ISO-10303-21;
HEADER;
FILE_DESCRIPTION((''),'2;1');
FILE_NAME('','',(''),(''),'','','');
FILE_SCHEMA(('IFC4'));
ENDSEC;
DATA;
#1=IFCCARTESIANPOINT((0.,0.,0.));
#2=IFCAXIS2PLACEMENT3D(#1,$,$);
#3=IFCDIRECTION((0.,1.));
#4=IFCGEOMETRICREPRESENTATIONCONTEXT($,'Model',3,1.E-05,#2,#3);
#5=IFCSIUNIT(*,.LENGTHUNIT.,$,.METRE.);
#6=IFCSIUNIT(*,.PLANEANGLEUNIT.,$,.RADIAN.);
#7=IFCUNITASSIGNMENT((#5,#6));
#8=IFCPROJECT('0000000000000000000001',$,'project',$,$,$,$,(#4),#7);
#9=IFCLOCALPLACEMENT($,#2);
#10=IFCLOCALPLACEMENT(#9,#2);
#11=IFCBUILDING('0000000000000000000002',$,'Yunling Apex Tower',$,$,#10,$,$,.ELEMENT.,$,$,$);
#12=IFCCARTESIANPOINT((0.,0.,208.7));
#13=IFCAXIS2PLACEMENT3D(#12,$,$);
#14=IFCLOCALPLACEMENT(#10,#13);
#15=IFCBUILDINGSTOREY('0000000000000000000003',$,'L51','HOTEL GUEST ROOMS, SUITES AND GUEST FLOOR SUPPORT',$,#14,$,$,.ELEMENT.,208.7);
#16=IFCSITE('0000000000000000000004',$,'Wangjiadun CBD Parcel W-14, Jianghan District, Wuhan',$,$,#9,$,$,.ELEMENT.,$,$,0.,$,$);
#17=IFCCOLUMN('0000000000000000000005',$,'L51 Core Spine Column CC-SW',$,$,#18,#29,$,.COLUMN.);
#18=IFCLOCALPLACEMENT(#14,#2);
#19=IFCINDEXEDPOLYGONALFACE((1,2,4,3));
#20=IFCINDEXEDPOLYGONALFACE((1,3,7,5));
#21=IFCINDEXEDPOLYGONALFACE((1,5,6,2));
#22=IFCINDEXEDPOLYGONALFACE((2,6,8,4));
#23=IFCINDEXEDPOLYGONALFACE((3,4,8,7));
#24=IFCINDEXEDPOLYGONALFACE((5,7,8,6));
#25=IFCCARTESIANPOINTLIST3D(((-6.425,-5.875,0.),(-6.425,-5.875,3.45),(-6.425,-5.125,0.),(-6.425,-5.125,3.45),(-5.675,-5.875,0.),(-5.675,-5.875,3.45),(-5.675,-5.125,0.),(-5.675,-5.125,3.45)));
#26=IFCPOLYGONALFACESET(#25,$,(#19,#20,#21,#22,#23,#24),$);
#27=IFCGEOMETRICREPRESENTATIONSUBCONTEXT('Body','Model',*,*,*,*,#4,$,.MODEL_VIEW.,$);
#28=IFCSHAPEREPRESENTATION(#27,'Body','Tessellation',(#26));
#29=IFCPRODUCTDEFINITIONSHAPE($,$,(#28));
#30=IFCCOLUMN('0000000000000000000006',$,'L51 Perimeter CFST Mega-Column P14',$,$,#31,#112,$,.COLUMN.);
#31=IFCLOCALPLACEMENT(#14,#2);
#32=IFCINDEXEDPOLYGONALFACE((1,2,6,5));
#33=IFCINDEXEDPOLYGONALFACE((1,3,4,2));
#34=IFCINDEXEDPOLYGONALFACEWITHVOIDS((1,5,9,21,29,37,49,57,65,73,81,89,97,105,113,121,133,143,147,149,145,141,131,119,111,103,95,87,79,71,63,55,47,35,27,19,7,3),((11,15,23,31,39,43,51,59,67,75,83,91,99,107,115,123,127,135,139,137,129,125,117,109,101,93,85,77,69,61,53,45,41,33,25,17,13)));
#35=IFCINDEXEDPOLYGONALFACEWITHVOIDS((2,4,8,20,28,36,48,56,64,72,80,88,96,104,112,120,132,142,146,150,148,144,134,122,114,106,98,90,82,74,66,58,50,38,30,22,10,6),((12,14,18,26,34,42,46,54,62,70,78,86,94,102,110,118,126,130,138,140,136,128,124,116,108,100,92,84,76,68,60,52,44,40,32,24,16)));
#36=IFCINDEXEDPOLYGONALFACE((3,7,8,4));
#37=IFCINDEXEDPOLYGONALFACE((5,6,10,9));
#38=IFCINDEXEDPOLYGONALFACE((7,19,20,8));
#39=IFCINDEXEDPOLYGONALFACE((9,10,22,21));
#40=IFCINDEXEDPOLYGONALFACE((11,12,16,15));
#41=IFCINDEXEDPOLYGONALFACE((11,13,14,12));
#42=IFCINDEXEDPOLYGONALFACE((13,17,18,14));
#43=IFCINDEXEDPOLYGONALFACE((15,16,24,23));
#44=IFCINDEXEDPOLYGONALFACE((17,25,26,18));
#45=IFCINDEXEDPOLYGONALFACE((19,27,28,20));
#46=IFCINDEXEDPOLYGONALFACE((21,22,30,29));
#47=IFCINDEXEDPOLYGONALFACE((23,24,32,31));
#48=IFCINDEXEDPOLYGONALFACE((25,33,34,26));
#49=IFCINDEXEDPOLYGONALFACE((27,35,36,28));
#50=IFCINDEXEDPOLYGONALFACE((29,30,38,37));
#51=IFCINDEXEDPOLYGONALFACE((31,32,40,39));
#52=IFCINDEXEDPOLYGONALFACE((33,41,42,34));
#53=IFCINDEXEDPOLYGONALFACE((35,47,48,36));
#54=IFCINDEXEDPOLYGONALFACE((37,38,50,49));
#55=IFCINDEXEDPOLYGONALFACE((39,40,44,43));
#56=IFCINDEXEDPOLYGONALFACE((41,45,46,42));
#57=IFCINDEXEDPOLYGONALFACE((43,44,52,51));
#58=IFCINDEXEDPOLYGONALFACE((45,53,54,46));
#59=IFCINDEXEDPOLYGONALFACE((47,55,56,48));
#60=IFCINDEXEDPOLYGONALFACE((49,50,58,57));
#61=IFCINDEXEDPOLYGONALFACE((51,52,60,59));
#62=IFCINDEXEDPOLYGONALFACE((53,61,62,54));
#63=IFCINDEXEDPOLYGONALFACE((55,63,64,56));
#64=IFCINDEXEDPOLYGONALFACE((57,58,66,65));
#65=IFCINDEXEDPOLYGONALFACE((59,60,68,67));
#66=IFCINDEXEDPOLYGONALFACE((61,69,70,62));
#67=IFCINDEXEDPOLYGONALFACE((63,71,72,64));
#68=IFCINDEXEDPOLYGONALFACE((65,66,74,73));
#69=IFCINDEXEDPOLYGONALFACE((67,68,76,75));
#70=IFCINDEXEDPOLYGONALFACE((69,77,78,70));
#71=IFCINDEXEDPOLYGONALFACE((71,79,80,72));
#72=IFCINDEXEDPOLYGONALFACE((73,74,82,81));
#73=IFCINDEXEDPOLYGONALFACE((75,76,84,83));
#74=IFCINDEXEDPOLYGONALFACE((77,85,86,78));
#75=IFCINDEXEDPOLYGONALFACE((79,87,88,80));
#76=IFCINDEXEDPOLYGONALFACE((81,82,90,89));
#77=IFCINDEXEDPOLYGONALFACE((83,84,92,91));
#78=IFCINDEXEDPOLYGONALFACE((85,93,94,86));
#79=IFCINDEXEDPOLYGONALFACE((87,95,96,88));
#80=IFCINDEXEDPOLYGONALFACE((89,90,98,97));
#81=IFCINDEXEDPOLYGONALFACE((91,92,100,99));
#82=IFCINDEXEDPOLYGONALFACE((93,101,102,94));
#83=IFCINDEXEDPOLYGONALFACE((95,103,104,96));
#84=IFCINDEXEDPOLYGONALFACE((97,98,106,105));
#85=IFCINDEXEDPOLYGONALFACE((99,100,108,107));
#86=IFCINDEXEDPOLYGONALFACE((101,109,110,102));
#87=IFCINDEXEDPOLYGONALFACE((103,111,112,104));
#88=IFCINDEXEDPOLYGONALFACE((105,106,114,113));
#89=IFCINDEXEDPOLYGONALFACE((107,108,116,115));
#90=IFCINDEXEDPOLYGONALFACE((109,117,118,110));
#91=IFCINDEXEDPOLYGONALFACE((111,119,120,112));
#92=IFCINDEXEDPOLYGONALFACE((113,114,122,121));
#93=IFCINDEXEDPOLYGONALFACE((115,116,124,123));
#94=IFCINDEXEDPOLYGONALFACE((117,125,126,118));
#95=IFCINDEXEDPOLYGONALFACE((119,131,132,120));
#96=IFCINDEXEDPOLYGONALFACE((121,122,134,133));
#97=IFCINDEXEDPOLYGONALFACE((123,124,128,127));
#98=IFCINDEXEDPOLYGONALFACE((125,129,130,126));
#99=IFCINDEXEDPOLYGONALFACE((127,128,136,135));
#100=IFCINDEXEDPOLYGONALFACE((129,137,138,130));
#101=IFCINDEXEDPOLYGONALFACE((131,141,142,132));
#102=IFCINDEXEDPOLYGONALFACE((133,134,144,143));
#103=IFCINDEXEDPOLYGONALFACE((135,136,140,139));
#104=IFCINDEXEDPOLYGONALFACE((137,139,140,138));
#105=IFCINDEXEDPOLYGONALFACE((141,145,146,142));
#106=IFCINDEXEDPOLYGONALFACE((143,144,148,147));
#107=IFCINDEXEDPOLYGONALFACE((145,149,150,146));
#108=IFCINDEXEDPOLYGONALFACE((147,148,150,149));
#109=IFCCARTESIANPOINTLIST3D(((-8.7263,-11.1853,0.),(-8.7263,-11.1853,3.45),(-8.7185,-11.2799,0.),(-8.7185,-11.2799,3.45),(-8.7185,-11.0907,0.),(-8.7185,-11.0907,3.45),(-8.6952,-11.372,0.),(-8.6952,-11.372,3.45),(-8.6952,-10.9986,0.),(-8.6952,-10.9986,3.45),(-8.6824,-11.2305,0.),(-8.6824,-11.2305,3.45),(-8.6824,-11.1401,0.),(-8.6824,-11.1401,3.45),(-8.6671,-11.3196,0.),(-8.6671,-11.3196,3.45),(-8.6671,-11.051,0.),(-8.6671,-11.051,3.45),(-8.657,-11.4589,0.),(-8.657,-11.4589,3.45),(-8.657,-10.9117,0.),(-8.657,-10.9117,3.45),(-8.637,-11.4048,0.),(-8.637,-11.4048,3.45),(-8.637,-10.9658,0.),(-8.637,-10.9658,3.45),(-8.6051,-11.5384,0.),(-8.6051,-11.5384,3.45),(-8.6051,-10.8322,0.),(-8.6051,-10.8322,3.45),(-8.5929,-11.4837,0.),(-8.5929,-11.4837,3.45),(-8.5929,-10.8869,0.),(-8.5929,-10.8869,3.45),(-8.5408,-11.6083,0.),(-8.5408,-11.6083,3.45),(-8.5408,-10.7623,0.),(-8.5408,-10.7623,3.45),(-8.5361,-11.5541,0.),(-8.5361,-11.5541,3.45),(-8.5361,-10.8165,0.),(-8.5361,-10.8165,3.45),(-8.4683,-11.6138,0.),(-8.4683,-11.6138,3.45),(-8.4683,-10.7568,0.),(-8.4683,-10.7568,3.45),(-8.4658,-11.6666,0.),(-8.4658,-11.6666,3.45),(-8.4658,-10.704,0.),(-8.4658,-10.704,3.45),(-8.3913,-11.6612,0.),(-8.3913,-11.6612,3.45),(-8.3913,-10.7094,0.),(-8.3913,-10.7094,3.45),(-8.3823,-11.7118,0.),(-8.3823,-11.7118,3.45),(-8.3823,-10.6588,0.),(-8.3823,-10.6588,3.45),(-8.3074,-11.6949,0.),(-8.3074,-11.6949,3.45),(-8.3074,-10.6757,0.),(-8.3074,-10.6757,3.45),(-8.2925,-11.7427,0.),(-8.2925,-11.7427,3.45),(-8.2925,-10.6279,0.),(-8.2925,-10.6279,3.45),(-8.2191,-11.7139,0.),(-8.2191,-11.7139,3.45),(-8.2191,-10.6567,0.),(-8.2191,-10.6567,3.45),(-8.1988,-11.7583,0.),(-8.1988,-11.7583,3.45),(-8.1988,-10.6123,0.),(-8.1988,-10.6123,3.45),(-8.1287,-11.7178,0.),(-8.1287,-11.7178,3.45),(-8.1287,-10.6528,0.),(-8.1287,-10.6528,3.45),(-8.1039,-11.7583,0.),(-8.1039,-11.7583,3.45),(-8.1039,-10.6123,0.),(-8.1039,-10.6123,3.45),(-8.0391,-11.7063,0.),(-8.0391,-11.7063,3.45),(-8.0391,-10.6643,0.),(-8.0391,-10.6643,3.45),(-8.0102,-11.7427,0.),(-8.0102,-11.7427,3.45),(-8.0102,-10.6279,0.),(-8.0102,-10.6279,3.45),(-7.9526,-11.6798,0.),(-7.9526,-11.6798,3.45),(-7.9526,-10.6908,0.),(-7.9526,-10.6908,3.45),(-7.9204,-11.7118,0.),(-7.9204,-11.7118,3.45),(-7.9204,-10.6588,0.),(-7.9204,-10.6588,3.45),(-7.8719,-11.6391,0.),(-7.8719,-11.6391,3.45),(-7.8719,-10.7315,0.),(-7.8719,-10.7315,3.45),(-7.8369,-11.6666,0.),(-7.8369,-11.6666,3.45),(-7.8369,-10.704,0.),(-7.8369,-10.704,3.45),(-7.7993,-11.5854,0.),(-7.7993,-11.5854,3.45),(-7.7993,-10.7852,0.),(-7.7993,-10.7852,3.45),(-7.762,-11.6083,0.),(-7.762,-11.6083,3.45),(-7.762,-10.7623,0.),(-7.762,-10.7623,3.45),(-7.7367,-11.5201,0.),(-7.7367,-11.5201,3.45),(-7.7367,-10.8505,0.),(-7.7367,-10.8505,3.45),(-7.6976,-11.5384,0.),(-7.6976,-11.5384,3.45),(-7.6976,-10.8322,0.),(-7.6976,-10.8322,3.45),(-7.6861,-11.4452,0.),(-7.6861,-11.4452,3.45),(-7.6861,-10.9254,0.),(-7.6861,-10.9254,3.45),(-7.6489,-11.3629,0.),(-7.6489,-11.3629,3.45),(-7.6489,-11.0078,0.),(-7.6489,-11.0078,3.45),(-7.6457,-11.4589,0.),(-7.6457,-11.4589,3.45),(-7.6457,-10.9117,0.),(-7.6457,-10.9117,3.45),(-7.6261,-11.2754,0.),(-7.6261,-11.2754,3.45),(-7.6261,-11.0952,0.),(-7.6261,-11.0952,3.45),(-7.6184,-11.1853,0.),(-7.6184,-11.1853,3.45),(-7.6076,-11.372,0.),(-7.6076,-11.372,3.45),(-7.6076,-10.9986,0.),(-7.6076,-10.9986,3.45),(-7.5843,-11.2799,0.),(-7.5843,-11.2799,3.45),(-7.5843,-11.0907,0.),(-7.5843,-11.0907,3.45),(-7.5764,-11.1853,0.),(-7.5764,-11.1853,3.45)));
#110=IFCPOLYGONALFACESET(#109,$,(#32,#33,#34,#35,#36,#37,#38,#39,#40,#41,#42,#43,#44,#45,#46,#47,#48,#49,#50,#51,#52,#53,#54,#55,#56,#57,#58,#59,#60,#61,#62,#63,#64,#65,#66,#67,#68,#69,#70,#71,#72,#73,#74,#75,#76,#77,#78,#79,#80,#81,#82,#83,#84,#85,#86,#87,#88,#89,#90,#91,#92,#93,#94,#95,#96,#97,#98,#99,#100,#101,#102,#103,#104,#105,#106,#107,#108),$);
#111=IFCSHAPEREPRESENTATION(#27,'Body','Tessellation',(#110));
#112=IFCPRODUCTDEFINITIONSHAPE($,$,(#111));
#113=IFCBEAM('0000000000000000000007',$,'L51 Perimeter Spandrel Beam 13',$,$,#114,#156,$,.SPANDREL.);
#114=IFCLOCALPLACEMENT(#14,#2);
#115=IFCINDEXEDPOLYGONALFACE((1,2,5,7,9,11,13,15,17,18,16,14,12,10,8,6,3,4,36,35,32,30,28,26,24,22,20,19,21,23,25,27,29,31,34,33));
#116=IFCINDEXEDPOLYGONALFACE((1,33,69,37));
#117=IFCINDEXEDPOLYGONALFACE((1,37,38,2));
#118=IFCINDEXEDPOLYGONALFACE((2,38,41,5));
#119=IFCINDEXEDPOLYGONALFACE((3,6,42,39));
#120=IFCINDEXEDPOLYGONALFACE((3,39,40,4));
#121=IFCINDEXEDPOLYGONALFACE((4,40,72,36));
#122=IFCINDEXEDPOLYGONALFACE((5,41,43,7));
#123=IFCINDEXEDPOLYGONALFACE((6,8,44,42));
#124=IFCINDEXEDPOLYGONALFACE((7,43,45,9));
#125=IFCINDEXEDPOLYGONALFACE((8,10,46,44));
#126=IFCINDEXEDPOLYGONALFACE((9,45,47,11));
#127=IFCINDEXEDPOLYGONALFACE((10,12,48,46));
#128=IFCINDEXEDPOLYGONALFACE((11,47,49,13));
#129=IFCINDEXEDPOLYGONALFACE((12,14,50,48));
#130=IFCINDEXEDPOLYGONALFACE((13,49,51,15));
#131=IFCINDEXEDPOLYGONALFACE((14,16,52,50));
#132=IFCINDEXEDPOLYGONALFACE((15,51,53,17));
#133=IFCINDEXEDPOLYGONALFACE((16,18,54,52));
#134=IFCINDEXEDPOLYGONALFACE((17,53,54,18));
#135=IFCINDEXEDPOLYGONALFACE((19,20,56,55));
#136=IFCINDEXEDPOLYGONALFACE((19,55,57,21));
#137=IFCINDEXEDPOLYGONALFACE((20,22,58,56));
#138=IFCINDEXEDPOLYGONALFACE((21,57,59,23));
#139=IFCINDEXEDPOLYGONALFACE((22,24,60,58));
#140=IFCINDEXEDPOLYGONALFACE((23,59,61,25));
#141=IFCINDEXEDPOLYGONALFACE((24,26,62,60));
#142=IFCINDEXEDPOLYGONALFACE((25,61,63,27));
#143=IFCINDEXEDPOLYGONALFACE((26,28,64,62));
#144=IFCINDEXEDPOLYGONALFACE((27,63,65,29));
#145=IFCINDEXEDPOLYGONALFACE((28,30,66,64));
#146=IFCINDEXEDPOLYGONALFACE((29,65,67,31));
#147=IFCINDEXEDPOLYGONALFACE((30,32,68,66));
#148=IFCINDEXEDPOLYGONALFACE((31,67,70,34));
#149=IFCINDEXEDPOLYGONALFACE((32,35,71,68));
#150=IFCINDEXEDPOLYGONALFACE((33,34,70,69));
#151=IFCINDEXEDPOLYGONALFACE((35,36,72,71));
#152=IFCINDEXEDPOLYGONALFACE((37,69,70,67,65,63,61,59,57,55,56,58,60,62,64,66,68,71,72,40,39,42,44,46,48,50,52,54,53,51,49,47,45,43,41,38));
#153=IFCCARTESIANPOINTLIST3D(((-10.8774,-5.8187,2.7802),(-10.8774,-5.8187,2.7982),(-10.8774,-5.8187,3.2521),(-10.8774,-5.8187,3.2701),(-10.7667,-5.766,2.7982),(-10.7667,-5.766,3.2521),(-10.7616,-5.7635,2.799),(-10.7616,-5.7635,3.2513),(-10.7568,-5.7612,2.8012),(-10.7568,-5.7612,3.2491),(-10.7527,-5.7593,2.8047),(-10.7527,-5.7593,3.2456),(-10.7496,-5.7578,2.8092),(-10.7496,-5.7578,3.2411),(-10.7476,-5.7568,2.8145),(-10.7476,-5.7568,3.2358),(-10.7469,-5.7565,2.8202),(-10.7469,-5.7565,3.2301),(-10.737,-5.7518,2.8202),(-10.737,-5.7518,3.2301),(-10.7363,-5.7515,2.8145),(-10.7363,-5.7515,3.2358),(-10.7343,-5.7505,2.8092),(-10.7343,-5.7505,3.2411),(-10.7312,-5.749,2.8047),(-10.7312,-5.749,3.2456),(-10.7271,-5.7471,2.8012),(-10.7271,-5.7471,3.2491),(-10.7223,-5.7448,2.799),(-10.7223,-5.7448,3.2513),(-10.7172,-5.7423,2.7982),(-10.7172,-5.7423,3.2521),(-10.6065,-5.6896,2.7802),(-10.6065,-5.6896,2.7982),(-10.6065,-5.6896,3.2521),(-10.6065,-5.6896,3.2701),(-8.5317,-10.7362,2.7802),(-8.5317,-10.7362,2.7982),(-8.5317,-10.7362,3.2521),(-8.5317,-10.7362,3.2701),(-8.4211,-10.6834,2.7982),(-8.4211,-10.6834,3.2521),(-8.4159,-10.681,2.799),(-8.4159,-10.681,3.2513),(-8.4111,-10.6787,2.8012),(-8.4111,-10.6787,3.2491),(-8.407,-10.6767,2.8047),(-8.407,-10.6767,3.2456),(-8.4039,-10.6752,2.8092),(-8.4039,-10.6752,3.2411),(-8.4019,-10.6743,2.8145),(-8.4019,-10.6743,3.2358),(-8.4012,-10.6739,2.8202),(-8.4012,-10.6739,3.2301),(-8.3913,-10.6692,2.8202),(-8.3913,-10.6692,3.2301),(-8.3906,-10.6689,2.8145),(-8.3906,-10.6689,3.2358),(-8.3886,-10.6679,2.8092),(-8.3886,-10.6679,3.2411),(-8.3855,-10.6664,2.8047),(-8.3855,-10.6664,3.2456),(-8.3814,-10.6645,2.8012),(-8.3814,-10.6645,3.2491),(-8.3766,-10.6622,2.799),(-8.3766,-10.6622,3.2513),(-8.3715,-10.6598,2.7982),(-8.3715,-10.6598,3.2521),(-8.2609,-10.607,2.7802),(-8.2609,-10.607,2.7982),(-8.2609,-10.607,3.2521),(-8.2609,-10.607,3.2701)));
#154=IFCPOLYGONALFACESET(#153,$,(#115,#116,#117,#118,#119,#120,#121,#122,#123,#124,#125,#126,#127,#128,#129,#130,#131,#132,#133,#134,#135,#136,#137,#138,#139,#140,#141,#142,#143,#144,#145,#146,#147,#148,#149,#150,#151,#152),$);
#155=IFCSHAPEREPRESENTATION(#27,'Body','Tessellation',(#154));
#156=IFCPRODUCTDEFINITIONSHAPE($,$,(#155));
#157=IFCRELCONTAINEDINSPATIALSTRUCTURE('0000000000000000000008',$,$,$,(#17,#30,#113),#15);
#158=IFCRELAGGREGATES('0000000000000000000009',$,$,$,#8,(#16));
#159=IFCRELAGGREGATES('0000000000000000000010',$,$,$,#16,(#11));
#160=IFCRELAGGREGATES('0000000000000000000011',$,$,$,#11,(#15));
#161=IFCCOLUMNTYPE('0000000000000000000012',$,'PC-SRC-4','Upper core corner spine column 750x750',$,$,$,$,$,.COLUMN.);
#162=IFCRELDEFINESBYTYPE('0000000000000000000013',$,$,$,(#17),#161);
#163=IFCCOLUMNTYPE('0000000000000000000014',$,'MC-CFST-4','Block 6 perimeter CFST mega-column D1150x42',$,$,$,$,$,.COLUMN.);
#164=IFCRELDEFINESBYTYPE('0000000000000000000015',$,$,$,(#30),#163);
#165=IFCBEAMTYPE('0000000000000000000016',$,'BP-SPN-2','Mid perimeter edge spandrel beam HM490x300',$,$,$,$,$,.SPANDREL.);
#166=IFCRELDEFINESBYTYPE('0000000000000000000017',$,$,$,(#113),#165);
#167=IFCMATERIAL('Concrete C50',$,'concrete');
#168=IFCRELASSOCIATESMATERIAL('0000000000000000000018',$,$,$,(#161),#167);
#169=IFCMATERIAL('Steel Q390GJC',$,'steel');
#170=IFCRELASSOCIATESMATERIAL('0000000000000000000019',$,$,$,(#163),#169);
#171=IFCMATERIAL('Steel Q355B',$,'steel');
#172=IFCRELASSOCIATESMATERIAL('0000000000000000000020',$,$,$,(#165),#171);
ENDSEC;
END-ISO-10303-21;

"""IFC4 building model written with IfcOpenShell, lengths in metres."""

from ifc_helpers import new_model, si_unit, direction, frame, origin, origin_2d, place, context, subcontext, project, spatial, rectangle, hollow_circle, i_section, extrude, source, transform, mapped, material, material_profile, profile_set, type_object, element, save


model = new_model("IFC4")

# Units and contexts
model_context = context("Model", 3, precision=1e-05, world=origin(), true_north=direction((0.0, 1.0)))
body_context = subcontext(model_context, "Body", "Model", "MODEL_VIEW")
ifc_project = project(units=[si_unit("LENGTHUNIT", "METRE"), si_unit("PLANEANGLEUNIT", "RADIAN")], contexts=[model_context])

# Site, building, storey
site_placement = place(None, origin())
site = spatial("IfcSite", under=ifc_project, at=site_placement, Name="Wangjiadun CBD Parcel W-14, Jianghan District, Wuhan", CompositionType="ELEMENT", RefElevation=0.0)
building_placement = place(site_placement, origin())
building = spatial("IfcBuilding", under=site, at=building_placement, Name="Yunling Apex Tower", CompositionType="ELEMENT")
storey_placement = place(building_placement, frame((0.0, 0.0, 208.7)))
storey = spatial("IfcBuildingStorey", under=building, at=storey_placement, Name="L51", Description="HOTEL GUEST ROOMS, SUITES AND GUEST FLOOR SUPPORT", CompositionType="ELEMENT", Elevation=208.7)

# Columns
ifc_material_1 = material(Name="Concrete C50", Category="concrete")
ifc_material_profile_1 = material_profile(ifc_material_1, rectangle(XDim=0.75, YDim=0.75, at=origin_2d()))
ifc_profile_set_1 = profile_set([ifc_material_profile_1], Name="Concrete C50")
column_type_1 = type_object("IfcColumnType", Name="PC-SRC-4", Description="Upper core corner spine column 750x750", PredefinedType="COLUMN", material=ifc_profile_set_1)
shared_shape_1 = source(origin(), body_context, "Body", "SweptSolid", [
    extrude(rectangle(XDim=0.75, YDim=0.75, at=origin_2d()), origin(), (0.0, 0.0, 1.0), 3.45),
])
column_1_placement = place(storey_placement, frame((-6.05, -5.5, 0.0), z_axis=(0.0, 0.0, 1.0), x_axis=(1.0, 0.0, 0.0)))
element("IfcColumn", 1, at=column_1_placement, inside=storey, type_object=column_type_1, Name="L51 Core Spine Column CC-SW", PredefinedType="COLUMN", context=body_context, shape_type="MappedRepresentation", body=[
    mapped(shared_shape_1, transform((0.0, 0.0, 0.0), scale=1.0)),
])
ifc_material_2 = material(Name="Steel Q390GJC", Category="steel")
ifc_material_profile_2 = material_profile(ifc_material_2, hollow_circle(Radius=0.575, WallThickness=0.042, at=origin_2d()))
ifc_profile_set_2 = profile_set([ifc_material_profile_2], Name="Steel Q390GJC")
column_type_2 = type_object("IfcColumnType", Name="MC-CFST-4", Description="Block 6 perimeter CFST mega-column D1150x42", PredefinedType="COLUMN", material=ifc_profile_set_2)
shared_shape_2 = source(origin(), body_context, "Body", "SweptSolid", [
    extrude(hollow_circle(Radius=0.575, WallThickness=0.042, at=origin_2d()), origin(), (0.0, 0.0, 1.0), 3.45),
])
column_2_placement = place(storey_placement, frame((-8.1514, -11.1853, 0.0), z_axis=(0.0, 0.0, 1.0), x_axis=(1.0, 0.0, 0.0)))
element("IfcColumn", 2, at=column_2_placement, inside=storey, type_object=column_type_2, Name="L51 Perimeter CFST Mega-Column P14", PredefinedType="COLUMN", context=body_context, shape_type="MappedRepresentation", body=[
    mapped(shared_shape_2, transform((0.0, 0.0, 0.0), scale=1.0)),
])

# Beam
ifc_material_3 = material(Name="Steel Q355B", Category="steel")
ifc_material_profile_3 = material_profile(ifc_material_3, i_section(OverallWidth=0.3, OverallDepth=0.49, WebThickness=0.011, FlangeThickness=0.0181, FilletRadius=0.022, at=origin_2d()))
ifc_profile_set_3 = profile_set([ifc_material_profile_3], Name="Steel Q355B")
beam_type_1 = type_object("IfcBeamType", Name="BP-SPN-2", Description="Mid perimeter edge spandrel beam HM490x300", PredefinedType="SPANDREL", material=ifc_profile_set_3)
shared_shape_3 = source(origin(), body_context, "Body", "SweptSolid", [
    extrude(i_section(OverallWidth=0.3, OverallDepth=0.49, WebThickness=0.011, FlangeThickness=0.0181, FilletRadius=0.022, at=origin_2d()), origin(), (0.0, 0.0, 1.0), 5.4482),
])
beam_1_placement = place(storey_placement, frame((-10.7419, -5.7542, 3.0251), z_axis=(0.430539, -0.902572, 0.0), x_axis=(0.902572, 0.430539, 0.0)))
element("IfcBeam", 3, at=beam_1_placement, inside=storey, type_object=beam_type_1, Name="L51 Perimeter Spandrel Beam 13", PredefinedType="SPANDREL", context=body_context, shape_type="MappedRepresentation", body=[
    mapped(shared_shape_3, transform((0.0, 0.0, 0.0), scale=1.0)),
])

save(model, "model.ifc")
